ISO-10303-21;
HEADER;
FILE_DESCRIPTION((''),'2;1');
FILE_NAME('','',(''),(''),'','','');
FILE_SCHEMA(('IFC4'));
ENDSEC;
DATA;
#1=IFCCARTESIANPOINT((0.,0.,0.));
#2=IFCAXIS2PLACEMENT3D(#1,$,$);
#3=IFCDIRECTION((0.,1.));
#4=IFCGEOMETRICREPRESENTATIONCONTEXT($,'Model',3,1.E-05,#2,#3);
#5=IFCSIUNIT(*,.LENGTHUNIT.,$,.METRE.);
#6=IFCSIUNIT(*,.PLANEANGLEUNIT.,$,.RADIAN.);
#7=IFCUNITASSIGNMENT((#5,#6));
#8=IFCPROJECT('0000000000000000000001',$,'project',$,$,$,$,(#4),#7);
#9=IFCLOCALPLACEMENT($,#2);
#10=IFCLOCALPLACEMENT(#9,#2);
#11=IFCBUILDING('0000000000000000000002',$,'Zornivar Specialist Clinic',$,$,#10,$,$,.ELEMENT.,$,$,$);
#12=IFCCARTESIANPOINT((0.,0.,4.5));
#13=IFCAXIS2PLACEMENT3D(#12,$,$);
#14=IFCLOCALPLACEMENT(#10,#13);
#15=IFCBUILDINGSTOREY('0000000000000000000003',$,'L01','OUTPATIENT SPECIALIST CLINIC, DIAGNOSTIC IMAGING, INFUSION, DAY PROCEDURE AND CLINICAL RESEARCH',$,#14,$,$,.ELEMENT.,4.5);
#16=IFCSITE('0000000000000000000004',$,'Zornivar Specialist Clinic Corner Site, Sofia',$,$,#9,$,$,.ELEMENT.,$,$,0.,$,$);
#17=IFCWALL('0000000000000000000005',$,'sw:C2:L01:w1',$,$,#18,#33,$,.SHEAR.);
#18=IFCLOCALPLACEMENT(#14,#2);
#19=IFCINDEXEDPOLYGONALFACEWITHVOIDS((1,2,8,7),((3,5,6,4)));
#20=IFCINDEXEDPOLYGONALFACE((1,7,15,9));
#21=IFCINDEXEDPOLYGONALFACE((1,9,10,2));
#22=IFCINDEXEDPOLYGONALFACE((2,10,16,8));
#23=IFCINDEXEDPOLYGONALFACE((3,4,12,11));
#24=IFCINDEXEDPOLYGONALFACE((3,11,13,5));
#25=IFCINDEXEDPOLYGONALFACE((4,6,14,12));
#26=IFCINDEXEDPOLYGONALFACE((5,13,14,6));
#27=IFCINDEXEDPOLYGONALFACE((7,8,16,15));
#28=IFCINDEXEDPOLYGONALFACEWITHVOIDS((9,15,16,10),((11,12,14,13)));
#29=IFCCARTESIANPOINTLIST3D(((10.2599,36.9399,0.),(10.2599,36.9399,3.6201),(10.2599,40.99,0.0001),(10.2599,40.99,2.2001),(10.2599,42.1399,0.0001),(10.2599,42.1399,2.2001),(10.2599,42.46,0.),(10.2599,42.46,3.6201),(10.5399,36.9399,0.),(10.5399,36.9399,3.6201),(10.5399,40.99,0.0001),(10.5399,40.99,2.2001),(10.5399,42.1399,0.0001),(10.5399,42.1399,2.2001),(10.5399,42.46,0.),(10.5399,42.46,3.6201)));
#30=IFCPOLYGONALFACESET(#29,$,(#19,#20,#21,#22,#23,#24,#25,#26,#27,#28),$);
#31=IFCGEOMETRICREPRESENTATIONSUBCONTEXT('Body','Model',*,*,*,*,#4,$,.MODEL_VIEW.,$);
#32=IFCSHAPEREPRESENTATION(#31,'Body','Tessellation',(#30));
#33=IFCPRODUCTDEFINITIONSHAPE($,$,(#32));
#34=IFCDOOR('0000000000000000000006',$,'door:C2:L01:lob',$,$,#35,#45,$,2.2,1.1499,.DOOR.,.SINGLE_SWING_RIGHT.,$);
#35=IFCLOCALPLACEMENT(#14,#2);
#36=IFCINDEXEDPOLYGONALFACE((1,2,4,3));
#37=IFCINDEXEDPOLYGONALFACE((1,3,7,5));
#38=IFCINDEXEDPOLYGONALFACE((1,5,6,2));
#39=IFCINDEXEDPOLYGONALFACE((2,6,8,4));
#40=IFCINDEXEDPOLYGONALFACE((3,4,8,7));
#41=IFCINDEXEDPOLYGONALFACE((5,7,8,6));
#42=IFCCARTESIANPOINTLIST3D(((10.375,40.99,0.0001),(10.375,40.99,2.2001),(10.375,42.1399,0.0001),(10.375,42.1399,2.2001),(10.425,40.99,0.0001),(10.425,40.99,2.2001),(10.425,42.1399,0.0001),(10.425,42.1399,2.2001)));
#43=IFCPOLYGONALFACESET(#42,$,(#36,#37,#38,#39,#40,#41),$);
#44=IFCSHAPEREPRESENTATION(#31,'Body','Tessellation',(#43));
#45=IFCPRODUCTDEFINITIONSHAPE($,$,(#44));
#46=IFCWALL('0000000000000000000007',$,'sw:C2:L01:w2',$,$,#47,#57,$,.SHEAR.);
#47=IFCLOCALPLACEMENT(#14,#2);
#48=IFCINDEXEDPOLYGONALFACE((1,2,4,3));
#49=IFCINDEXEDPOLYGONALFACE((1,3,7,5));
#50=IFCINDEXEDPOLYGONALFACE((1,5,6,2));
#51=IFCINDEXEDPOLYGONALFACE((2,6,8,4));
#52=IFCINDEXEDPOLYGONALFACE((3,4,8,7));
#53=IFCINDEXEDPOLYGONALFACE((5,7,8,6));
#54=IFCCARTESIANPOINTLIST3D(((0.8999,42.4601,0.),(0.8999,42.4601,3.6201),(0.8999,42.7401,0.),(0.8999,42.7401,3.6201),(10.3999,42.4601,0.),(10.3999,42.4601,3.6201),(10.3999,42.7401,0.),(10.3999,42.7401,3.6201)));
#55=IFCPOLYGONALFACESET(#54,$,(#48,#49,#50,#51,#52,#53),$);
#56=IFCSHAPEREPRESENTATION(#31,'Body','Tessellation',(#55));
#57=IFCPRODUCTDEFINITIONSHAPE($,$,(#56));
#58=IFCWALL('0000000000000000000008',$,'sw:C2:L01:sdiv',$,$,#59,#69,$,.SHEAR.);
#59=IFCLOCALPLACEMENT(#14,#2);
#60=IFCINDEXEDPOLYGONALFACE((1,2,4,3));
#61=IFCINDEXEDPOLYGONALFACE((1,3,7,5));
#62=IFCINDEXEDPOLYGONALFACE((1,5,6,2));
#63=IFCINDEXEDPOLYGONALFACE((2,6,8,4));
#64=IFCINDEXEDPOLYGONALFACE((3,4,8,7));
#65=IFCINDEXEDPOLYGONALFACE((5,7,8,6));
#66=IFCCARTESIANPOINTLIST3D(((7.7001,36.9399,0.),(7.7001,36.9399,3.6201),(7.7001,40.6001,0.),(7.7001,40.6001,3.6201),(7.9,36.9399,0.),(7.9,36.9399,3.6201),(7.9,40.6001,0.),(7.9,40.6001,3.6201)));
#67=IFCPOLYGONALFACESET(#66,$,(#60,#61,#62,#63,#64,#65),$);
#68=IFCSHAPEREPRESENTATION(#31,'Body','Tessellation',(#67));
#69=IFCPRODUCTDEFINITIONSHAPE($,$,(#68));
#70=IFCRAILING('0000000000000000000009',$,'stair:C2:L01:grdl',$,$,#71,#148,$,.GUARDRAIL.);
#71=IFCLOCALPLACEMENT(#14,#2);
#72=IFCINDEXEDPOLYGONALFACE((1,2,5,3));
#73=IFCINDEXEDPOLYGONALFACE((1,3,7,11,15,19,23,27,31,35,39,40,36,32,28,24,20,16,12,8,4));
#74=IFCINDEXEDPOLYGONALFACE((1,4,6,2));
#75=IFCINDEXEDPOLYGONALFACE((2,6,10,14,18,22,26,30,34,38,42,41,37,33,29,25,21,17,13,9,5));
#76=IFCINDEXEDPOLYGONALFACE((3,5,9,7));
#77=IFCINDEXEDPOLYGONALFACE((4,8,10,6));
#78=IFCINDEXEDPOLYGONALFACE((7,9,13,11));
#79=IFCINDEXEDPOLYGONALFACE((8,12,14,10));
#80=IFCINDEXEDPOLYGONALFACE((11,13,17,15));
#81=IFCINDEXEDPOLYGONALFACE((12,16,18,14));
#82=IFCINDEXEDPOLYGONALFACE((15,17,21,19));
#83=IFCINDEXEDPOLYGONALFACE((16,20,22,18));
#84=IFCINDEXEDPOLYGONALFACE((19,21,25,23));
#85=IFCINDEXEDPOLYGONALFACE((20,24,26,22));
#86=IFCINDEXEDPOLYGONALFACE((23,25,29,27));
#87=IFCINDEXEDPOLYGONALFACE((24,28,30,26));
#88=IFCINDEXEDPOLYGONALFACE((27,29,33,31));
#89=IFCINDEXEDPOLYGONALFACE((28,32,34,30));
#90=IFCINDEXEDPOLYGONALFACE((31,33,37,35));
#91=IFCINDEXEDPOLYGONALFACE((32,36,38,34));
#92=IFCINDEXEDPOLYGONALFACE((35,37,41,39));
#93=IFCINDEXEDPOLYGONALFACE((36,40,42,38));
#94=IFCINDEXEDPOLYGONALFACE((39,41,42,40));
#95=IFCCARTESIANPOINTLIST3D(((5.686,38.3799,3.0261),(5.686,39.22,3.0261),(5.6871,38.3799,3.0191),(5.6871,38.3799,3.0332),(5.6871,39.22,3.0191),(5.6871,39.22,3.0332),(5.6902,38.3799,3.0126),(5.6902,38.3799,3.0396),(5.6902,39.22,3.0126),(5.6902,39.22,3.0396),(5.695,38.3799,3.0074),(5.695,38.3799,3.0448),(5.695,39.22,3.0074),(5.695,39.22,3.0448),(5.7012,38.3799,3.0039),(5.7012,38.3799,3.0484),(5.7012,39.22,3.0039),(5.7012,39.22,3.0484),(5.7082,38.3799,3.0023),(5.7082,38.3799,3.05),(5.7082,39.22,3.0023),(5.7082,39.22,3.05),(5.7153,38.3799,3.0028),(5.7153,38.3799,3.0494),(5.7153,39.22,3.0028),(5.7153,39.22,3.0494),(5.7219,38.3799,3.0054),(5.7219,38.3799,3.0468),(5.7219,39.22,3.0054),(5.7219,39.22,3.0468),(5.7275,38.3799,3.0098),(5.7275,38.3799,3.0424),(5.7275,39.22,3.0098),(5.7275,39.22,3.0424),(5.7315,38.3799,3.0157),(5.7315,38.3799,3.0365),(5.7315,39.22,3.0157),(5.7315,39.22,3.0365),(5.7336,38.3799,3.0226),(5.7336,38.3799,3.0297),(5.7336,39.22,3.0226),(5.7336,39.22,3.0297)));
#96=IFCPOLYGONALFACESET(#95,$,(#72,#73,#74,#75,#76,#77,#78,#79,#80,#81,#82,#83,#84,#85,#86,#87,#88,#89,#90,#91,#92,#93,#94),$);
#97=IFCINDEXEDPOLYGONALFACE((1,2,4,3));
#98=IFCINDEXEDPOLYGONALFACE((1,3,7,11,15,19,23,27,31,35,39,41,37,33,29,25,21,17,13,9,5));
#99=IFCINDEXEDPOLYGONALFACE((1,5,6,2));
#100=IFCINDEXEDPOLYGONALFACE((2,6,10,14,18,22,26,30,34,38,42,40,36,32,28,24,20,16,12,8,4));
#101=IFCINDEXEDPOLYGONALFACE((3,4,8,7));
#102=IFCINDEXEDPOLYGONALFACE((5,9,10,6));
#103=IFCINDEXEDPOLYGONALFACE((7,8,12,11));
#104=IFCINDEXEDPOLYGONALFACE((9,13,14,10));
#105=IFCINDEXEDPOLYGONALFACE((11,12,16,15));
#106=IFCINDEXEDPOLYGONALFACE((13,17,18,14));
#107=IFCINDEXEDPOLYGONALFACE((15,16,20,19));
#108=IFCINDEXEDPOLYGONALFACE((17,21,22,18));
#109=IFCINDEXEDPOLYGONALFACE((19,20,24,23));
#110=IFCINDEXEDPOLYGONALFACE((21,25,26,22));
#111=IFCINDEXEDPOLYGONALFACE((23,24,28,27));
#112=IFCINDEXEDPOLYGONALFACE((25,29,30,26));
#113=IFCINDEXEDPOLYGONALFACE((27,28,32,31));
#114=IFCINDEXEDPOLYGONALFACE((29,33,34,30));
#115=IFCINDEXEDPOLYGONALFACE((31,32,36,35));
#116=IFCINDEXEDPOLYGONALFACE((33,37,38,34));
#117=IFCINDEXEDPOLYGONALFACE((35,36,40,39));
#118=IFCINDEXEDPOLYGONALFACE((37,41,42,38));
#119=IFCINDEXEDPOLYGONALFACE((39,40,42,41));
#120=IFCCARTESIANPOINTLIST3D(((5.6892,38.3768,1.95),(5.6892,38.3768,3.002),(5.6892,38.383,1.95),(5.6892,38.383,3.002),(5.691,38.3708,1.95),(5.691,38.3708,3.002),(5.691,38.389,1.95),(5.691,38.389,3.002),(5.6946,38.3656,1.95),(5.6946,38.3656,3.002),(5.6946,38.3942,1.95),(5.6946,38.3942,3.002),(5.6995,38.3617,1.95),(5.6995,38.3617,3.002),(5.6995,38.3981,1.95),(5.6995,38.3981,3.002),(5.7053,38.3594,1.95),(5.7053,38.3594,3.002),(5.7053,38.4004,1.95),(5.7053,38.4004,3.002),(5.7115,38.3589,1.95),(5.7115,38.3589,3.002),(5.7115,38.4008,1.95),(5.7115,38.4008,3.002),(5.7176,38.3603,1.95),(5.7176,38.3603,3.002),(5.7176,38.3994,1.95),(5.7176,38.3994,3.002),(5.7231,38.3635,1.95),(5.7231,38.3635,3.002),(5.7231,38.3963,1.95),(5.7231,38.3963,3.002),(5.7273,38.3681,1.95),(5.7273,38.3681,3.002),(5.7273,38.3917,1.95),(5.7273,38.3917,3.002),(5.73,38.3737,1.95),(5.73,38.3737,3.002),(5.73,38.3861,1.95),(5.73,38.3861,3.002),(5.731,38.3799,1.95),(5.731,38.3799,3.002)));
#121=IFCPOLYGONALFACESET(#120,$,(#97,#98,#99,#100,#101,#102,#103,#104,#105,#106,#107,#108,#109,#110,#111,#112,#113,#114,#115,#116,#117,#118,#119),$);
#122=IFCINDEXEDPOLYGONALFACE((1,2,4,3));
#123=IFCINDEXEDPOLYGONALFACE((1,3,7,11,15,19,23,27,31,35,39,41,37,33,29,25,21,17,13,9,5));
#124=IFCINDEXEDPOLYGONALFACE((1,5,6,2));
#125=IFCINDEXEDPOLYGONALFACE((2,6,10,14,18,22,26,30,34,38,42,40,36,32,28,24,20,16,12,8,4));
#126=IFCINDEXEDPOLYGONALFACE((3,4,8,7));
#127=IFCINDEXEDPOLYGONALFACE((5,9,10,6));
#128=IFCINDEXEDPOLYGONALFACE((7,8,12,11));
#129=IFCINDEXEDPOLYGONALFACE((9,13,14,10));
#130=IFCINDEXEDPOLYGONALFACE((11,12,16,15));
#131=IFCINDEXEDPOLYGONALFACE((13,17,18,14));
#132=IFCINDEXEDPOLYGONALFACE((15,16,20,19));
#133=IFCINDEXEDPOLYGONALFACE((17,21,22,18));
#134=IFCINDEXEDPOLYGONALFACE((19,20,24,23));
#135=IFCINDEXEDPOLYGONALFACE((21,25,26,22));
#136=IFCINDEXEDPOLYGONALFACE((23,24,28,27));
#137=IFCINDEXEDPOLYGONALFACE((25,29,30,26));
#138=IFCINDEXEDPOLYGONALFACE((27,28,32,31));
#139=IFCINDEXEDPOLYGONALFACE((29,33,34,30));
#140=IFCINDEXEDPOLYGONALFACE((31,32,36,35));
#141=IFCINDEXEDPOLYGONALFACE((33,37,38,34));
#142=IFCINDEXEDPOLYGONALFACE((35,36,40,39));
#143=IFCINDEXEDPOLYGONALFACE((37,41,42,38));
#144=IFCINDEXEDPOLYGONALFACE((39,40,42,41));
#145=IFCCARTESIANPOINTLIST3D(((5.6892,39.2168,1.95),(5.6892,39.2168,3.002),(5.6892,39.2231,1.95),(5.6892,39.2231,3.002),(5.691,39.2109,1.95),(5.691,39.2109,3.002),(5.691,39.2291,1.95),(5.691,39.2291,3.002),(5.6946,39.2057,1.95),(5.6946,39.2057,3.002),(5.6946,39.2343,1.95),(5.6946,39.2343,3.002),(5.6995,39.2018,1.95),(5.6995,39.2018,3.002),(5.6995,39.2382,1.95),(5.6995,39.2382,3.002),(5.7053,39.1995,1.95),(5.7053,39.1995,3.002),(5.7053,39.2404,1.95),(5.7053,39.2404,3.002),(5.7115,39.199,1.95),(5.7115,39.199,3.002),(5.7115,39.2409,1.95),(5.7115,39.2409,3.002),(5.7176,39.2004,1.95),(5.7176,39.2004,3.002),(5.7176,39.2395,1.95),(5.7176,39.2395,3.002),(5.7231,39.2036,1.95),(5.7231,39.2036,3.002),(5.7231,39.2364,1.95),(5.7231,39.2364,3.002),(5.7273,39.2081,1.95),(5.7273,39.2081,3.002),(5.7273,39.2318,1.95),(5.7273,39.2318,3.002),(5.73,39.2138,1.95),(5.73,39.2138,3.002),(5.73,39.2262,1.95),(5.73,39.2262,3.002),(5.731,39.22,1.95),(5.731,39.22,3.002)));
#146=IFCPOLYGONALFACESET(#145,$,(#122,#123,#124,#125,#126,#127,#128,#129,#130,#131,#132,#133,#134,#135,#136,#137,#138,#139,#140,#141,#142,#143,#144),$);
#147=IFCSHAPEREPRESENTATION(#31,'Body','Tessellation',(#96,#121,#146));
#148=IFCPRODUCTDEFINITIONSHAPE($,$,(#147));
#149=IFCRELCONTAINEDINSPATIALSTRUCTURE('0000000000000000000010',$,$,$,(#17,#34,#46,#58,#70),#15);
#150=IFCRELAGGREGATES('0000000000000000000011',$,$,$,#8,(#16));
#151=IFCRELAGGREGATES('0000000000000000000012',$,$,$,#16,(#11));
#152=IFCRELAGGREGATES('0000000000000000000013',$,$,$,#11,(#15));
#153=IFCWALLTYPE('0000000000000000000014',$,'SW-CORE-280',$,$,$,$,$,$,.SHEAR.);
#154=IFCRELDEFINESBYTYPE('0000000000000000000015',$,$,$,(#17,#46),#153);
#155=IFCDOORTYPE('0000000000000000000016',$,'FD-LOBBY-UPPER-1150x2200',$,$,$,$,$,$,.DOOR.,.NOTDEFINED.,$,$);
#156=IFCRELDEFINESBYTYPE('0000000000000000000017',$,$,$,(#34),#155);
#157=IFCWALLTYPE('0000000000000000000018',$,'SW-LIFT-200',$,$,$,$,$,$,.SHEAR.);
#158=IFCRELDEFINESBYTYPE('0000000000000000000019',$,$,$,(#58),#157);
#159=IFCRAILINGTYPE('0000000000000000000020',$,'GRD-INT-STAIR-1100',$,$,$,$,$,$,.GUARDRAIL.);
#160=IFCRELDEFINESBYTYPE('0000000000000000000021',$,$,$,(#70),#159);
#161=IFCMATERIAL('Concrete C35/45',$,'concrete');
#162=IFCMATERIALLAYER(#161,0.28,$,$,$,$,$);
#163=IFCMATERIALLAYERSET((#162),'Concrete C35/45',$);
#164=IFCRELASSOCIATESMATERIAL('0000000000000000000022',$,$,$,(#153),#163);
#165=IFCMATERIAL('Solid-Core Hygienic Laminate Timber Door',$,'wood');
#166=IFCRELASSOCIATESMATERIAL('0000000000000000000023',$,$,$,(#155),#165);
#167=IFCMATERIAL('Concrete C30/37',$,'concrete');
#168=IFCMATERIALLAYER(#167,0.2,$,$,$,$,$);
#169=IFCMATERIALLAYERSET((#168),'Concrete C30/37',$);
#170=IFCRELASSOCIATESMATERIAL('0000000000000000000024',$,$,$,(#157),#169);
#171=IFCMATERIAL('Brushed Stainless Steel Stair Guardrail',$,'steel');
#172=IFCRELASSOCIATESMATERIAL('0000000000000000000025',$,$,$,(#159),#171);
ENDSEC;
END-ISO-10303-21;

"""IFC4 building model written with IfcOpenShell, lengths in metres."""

from ifc_helpers import new_model, si_unit, direction, frame, frame_2d, origin, origin_2d, place, context, subcontext, project, spatial, rectangle, circle, extrude, material, layer, layer_set, type_object, element, fill, save


model = new_model("IFC4")

# Units and contexts
model_context = context("Model", 3, precision=1e-05, world=origin(), true_north=direction((0.0, 1.0)))
body_context = subcontext(model_context, "Body", "Model", "MODEL_VIEW")
ifc_project = project(units=[si_unit("LENGTHUNIT", "METRE"), si_unit("PLANEANGLEUNIT", "RADIAN")], contexts=[model_context])

# Site, building, storey
site_placement = place(None, origin())
site = spatial("IfcSite", under=ifc_project, at=site_placement, Name="Zornivar Specialist Clinic Corner Site, Sofia", CompositionType="ELEMENT", RefElevation=0.0)
building_placement = place(site_placement, origin())
building = spatial("IfcBuilding", under=site, at=building_placement, Name="Zornivar Specialist Clinic", CompositionType="ELEMENT")
storey_placement = place(building_placement, frame((0.0, 0.0, 4.5)))
storey = spatial("IfcBuildingStorey", under=building, at=storey_placement, Name="L01", Description="OUTPATIENT SPECIALIST CLINIC, DIAGNOSTIC IMAGING, INFUSION, DAY PROCEDURE AND CLINICAL RESEARCH", CompositionType="ELEMENT", Elevation=4.5)

# Wall, opening, door
ifc_material_1 = material(Name="Concrete C35/45", Category="concrete")
ifc_layer_1 = layer(ifc_material_1, 0.28)
ifc_layer_set_1 = layer_set([ifc_layer_1], Name="Concrete C35/45")
wall_type_1 = type_object("IfcWallType", Name="SW-CORE-280", PredefinedType="SHEAR", material=ifc_layer_set_1)
wall_1_placement = place(storey_placement, frame((10.3999, 36.9399, 0.0), z_axis=(0.0, 0.0, 1.0), x_axis=(0.0, 1.0, 0.0)))
wall_1 = element("IfcWall", 1, at=wall_1_placement, inside=storey, type_object=wall_type_1, Name="sw:C2:L01:w1", PredefinedType="SHEAR", context=body_context, shape_type="SweptSolid", body=[
    extrude(rectangle(XDim=5.52, YDim=0.28, at=frame_2d((2.76, 0.0))), origin(), (0.0, 0.0, 1.0), 3.6201),
])
opening_1_placement = place(wall_1_placement, frame((4.05, 0.0, 0.0)))
opening_1 = element("IfcOpeningElement", 2, at=opening_1_placement, cuts=wall_1, PredefinedType="OPENING", context=body_context, shape_type="SweptSolid", body=[
    extrude(rectangle(XDim=1.1499, YDim=2.2, at=frame_2d((0.575, 1.1001))), frame((0.0, 0.1499, 0.0), z_axis=(0.0, -1.0, 0.0), x_axis=(1.0, 0.0, 0.0)), (0.0, 0.0, 1.0), 0.3),
])
ifc_material_2 = material(Name="Solid-Core Hygienic Laminate Timber Door", Category="wood")
door_type_1 = type_object("IfcDoorType", Name="FD-LOBBY-UPPER-1150x2200", OperationType="NOTDEFINED", PredefinedType="DOOR", material=ifc_material_2)
door_1_placement = place(opening_1_placement, origin())
door_1 = element("IfcDoor", 3, at=door_1_placement, inside=storey, type_object=door_type_1, Name="door:C2:L01:lob", OperationType="SINGLE_SWING_RIGHT", OverallHeight=2.2, OverallWidth=1.1499, PredefinedType="DOOR", context=body_context, shape_type="SweptSolid", body=[
    extrude(rectangle(XDim=1.1499, YDim=2.2, at=frame_2d((0.575, 1.1001))), frame((0.0, 0.0249, 0.0), z_axis=(0.0, -1.0, 0.0), x_axis=(1.0, 0.0, 0.0)), (0.0, 0.0, 1.0), 0.05),
])
fill(opening_1, door_1)

# Walls
wall_2_placement = place(storey_placement, frame((10.3999, 42.6001, 0.0), z_axis=(0.0, 0.0, 1.0), x_axis=(-1.0, 0.0, 0.0)))
element("IfcWall", 4, at=wall_2_placement, inside=storey, type_object=wall_type_1, Name="sw:C2:L01:w2", PredefinedType="SHEAR", context=body_context, shape_type="SweptSolid", body=[
    extrude(rectangle(XDim=9.5, YDim=0.28, at=frame_2d((4.75, 0.0))), origin(), (0.0, 0.0, 1.0), 3.6201),
])
ifc_material_3 = material(Name="Concrete C30/37", Category="concrete")
ifc_layer_2 = layer(ifc_material_3, 0.2)
ifc_layer_set_2 = layer_set([ifc_layer_2], Name="Concrete C30/37")
wall_type_2 = type_object("IfcWallType", Name="SW-LIFT-200", PredefinedType="SHEAR", material=ifc_layer_set_2)
wall_3_placement = place(storey_placement, frame((7.8, 36.9399, 0.0), z_axis=(0.0, 0.0, 1.0), x_axis=(0.0, 1.0, 0.0)))
element("IfcWall", 5, at=wall_3_placement, inside=storey, type_object=wall_type_2, Name="sw:C2:L01:sdiv", PredefinedType="SHEAR", context=body_context, shape_type="SweptSolid", body=[
    extrude(rectangle(XDim=3.6602, YDim=0.2, at=frame_2d((1.8301, 0.0))), origin(), (0.0, 0.0, 1.0), 3.6201),
])

# Railing
ifc_material_4 = material(Name="Brushed Stainless Steel Stair Guardrail", Category="steel")
railing_type_1 = type_object("IfcRailingType", Name="GRD-INT-STAIR-1100", PredefinedType="GUARDRAIL", material=ifc_material_4)
railing_1_placement = place(storey_placement, frame((5.71, 38.3799, 1.95)))
element("IfcRailing", 6, at=railing_1_placement, inside=storey, type_object=railing_type_1, Name="stair:C2:L01:grdl", PredefinedType="GUARDRAIL", context=body_context, shape_type="SweptSolid", body=[
    extrude(circle(Radius=0.0239, at=origin_2d()), frame((0.0, 0.0, 1.0762), z_axis=(0.0, 1.0, 0.0), x_axis=(-1.0, 0.0, 0.0)), (0.0, 0.0, 1.0), 0.8401),
    extrude(circle(Radius=0.021, at=origin_2d()), origin(), (0.0, 0.0, 1.0), 1.052),
    extrude(circle(Radius=0.021, at=origin_2d()), frame((0.0, 0.8401, 0.0)), (0.0, 0.0, 1.0), 1.052),
])

save(model, "model.ifc")
